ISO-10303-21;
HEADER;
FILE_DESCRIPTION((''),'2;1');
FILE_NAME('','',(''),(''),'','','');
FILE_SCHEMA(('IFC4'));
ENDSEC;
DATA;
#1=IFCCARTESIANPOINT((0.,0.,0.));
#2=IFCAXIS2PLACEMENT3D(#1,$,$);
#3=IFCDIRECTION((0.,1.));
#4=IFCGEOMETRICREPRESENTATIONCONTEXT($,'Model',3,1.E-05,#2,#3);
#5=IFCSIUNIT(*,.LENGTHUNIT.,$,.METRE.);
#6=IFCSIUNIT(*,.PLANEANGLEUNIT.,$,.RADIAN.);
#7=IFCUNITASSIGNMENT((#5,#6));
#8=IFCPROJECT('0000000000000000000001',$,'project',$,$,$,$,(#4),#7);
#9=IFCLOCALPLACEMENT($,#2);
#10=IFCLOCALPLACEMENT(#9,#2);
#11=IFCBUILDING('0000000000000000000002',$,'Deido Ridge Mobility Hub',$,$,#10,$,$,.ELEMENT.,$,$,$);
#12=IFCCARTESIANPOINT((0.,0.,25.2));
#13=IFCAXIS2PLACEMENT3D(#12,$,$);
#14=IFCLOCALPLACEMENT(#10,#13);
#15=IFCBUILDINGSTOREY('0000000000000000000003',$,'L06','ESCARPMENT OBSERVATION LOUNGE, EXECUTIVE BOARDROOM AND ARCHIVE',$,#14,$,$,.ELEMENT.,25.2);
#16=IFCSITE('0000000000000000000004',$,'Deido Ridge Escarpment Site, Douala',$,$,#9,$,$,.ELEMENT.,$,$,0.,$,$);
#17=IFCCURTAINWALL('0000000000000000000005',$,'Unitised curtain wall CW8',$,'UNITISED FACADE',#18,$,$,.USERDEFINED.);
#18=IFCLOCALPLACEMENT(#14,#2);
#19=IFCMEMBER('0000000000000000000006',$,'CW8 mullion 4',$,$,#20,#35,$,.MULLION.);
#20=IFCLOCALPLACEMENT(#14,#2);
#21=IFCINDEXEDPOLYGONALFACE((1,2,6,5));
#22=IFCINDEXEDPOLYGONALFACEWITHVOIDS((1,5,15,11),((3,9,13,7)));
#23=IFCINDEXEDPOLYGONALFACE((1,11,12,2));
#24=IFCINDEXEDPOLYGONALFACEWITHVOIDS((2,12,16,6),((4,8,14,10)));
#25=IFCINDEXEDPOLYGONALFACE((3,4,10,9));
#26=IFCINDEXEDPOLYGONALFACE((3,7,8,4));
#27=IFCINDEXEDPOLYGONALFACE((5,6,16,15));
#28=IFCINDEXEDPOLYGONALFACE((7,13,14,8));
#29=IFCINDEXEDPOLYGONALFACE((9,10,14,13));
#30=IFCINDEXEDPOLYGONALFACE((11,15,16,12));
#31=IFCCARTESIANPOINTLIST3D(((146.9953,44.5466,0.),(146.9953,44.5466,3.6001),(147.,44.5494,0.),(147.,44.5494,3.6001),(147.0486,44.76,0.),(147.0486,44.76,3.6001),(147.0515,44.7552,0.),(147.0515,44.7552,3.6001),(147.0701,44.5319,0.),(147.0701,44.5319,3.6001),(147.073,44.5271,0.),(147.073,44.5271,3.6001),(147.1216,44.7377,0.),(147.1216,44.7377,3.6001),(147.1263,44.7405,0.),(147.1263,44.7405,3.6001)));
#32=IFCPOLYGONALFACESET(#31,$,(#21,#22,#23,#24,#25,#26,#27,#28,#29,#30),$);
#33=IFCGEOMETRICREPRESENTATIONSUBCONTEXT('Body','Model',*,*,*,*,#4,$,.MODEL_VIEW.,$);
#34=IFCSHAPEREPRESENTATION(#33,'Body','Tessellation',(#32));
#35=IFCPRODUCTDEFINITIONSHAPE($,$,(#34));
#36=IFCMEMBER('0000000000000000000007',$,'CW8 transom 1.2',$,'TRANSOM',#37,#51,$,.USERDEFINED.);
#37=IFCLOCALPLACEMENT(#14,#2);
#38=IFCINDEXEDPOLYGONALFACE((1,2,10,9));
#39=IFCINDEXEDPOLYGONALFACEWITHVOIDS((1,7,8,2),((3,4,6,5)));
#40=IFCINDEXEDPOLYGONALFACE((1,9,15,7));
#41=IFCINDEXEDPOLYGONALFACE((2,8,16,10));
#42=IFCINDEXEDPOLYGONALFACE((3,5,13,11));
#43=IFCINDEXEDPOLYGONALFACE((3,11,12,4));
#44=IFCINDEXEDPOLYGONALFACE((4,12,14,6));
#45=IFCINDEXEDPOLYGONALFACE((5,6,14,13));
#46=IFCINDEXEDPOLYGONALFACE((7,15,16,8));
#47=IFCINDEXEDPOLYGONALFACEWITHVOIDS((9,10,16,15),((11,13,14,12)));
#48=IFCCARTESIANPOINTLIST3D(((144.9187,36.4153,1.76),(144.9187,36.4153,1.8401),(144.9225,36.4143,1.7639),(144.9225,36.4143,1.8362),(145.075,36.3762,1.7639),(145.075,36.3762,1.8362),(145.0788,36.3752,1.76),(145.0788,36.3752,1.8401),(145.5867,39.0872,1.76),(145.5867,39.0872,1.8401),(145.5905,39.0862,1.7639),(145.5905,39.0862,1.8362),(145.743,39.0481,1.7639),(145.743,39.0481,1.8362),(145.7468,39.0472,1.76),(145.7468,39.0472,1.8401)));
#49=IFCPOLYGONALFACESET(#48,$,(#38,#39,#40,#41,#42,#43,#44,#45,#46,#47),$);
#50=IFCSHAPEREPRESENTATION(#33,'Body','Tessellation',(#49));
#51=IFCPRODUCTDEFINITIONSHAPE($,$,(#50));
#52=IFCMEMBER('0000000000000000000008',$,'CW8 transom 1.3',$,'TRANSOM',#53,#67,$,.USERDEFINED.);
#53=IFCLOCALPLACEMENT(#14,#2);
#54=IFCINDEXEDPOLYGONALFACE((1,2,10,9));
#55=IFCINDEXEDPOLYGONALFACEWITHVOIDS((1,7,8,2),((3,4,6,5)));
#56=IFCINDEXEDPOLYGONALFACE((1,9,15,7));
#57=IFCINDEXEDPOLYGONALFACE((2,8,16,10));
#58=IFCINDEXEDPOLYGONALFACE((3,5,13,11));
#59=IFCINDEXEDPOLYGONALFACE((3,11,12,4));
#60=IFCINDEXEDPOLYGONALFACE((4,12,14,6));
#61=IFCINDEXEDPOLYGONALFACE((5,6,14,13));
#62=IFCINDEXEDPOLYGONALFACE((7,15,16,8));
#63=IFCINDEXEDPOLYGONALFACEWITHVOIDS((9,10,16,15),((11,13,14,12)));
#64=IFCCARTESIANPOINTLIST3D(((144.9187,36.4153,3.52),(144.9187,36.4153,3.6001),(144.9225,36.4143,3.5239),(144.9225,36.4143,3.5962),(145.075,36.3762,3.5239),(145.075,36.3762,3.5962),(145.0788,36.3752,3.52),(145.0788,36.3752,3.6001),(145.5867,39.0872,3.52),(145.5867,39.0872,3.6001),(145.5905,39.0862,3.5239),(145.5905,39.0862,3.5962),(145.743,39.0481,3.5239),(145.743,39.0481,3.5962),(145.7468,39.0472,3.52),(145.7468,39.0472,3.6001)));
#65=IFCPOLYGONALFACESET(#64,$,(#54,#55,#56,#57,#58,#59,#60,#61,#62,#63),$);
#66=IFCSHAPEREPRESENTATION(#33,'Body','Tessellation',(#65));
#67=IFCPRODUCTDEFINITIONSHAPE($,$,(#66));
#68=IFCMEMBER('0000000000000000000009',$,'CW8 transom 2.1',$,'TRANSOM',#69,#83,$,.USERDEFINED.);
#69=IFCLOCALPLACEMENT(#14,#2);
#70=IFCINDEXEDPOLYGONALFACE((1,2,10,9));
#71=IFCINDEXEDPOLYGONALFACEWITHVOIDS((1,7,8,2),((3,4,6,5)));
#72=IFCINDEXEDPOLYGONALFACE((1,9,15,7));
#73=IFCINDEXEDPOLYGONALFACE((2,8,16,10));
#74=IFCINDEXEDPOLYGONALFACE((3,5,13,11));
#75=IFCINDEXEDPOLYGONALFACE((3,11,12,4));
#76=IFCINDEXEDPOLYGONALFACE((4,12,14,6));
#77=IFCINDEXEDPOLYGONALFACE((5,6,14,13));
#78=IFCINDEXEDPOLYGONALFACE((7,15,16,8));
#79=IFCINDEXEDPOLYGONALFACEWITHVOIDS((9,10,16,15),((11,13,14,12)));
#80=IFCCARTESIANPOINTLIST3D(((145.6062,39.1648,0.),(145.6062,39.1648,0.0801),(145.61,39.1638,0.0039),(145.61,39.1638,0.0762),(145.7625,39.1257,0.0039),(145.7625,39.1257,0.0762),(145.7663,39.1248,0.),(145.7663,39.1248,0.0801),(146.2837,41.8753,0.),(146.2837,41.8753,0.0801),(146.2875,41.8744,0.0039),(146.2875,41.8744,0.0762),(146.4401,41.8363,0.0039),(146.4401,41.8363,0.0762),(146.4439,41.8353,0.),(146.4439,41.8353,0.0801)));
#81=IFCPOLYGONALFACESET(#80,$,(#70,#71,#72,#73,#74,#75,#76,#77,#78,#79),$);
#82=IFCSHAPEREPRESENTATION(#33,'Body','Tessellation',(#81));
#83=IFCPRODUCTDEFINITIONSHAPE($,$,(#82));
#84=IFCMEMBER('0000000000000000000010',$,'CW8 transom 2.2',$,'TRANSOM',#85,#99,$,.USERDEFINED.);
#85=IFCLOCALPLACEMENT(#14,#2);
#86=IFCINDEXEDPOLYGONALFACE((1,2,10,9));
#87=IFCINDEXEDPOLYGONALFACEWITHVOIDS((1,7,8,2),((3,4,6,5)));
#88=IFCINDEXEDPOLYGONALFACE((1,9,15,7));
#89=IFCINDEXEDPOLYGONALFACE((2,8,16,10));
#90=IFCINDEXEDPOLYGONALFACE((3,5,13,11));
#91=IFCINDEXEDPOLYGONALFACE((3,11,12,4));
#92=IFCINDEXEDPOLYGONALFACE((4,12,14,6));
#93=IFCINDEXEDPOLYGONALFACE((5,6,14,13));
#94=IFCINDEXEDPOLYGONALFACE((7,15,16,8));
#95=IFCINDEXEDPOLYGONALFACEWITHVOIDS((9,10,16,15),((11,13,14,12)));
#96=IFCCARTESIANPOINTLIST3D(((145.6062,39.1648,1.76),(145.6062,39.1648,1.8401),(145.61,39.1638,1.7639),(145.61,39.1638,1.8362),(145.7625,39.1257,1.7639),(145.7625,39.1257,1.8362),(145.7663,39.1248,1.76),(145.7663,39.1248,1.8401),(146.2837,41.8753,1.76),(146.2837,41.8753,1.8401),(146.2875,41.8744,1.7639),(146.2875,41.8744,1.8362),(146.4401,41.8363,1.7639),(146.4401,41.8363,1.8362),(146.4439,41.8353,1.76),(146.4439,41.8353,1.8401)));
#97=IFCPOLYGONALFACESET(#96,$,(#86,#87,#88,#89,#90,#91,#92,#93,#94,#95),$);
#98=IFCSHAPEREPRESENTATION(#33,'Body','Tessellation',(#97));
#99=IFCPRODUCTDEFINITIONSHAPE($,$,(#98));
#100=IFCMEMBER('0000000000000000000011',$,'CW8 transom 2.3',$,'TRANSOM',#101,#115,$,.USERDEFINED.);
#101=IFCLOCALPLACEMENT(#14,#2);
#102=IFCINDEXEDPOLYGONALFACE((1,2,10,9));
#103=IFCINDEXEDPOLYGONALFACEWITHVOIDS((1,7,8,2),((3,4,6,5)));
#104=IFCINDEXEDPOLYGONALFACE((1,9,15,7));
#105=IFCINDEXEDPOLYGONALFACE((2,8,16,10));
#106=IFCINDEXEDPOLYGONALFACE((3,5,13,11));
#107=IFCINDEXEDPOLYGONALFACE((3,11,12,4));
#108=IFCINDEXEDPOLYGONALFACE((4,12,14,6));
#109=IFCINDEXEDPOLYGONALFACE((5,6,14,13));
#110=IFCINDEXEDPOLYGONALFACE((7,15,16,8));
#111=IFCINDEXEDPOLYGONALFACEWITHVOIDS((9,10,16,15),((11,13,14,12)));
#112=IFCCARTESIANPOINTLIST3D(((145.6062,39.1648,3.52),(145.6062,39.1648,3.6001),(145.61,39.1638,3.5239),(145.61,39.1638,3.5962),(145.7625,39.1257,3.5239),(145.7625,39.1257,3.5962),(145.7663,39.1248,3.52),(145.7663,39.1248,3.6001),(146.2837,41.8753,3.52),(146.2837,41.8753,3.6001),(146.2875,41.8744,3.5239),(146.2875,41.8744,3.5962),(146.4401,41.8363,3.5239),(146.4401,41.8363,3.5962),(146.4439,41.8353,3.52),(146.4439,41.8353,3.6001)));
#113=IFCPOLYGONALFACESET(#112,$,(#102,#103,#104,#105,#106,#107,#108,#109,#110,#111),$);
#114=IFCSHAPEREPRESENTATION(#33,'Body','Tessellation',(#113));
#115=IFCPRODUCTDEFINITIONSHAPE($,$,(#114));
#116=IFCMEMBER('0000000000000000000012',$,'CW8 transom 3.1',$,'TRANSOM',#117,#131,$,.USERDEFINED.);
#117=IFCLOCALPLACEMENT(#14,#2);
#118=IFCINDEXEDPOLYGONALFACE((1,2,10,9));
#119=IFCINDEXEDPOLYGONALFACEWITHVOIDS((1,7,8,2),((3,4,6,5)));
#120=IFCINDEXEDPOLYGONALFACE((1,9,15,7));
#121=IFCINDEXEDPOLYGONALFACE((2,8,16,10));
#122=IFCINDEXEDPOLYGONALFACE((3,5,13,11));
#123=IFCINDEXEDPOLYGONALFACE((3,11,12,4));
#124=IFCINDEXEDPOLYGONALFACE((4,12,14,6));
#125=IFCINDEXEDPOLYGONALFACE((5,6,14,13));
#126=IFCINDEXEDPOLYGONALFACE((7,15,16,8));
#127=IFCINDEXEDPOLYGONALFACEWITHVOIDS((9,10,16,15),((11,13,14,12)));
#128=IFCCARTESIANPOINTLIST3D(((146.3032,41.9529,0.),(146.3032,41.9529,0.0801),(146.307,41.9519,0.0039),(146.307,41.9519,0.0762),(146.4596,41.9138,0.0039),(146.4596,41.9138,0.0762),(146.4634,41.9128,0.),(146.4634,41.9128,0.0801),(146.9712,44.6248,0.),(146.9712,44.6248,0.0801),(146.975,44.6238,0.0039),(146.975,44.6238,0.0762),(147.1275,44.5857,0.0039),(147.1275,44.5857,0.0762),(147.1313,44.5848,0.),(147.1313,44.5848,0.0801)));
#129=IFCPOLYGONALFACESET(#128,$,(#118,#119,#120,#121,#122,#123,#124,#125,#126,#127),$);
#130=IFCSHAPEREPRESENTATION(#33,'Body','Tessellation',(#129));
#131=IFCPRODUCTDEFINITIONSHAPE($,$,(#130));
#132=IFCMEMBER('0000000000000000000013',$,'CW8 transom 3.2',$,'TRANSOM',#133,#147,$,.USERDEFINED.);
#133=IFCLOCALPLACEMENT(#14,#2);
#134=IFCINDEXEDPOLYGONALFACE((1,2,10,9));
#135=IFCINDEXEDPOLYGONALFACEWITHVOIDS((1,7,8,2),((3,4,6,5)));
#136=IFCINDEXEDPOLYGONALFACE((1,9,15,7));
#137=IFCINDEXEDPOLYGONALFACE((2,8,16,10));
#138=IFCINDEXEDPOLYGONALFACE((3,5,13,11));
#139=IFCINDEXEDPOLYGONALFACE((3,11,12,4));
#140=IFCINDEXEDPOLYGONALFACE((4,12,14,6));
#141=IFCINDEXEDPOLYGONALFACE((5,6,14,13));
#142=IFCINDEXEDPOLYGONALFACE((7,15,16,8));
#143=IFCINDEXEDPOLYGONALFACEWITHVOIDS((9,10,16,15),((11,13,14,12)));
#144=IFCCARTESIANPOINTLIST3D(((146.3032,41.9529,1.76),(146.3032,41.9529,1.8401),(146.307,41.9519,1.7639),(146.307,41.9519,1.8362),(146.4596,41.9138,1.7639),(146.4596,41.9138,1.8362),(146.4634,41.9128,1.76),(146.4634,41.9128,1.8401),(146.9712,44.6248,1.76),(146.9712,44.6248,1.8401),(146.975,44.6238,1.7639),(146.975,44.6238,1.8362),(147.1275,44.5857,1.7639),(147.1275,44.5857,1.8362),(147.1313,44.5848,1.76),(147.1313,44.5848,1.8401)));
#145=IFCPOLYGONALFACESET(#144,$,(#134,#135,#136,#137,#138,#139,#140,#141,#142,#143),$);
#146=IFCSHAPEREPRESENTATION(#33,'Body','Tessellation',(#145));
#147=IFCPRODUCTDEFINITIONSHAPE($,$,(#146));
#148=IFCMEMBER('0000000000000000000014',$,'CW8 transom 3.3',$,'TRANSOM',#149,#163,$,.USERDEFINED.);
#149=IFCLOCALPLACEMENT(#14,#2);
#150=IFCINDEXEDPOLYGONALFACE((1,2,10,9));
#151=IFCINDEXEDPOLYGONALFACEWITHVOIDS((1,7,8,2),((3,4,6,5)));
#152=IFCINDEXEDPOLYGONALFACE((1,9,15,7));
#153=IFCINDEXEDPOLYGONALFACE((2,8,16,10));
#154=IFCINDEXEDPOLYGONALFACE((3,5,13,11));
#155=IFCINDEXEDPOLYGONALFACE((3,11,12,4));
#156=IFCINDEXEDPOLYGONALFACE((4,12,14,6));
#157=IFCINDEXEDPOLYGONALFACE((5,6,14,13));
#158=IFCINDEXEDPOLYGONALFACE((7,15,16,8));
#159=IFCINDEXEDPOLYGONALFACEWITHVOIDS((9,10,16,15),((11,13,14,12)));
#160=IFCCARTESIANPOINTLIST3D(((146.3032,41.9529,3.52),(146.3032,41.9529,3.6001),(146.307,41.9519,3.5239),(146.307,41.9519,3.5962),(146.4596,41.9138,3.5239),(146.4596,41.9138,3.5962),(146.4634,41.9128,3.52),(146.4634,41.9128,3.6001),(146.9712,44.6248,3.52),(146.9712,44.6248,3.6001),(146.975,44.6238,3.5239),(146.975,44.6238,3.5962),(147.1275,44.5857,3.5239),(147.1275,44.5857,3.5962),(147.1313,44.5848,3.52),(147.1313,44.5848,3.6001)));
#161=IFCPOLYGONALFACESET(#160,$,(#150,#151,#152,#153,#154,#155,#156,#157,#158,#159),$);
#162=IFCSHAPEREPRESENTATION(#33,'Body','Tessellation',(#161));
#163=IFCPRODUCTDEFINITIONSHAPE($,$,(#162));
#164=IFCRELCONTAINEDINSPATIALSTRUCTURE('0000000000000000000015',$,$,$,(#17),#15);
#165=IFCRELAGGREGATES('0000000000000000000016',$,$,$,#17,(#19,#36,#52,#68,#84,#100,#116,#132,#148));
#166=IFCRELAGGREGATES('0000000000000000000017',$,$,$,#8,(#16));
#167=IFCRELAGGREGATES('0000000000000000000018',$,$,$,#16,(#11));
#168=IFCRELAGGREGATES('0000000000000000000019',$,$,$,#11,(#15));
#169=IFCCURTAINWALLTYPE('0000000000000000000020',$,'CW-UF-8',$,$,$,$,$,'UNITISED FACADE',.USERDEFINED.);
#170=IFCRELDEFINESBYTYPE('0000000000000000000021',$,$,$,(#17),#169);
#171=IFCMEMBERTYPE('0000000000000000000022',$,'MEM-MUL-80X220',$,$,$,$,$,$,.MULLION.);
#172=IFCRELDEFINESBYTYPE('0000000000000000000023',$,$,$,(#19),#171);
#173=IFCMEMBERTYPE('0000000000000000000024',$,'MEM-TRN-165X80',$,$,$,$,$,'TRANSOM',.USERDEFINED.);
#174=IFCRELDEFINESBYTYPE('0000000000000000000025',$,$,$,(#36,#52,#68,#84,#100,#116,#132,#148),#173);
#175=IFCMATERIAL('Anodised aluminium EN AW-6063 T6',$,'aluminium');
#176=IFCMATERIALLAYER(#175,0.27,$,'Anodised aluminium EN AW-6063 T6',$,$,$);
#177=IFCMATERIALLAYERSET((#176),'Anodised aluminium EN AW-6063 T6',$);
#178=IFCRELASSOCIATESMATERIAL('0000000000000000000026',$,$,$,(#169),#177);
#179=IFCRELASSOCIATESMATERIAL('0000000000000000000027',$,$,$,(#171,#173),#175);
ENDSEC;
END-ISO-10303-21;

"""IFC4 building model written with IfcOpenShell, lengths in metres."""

from ifc_helpers import new_model, si_unit, direction, frame, origin, origin_2d, place, context, subcontext, project, spatial, hollow_rectangle, extrude, material, layer, layer_set, material_profile, profile_set, type_object, element, aggregate, save


model = new_model("IFC4")

# Units and contexts
model_context = context("Model", 3, precision=1e-05, world=origin(), true_north=direction((0.0, 1.0)))
body_context = subcontext(model_context, "Body", "Model", "MODEL_VIEW")
ifc_project = project(units=[si_unit("LENGTHUNIT", "METRE"), si_unit("PLANEANGLEUNIT", "RADIAN")], contexts=[model_context])

# Site, building, storey
site_placement = place(None, origin())
site = spatial("IfcSite", under=ifc_project, at=site_placement, Name="Deido Ridge Escarpment Site, Douala", CompositionType="ELEMENT", RefElevation=0.0)
building_placement = place(site_placement, origin())
building = spatial("IfcBuilding", under=site, at=building_placement, Name="Deido Ridge Mobility Hub", CompositionType="ELEMENT")
storey_placement = place(building_placement, frame((0.0, 0.0, 25.2)))
storey = spatial("IfcBuildingStorey", under=building, at=storey_placement, Name="L06", Description="ESCARPMENT OBSERVATION LOUNGE, EXECUTIVE BOARDROOM AND ARCHIVE", CompositionType="ELEMENT", Elevation=25.2)

# Curtain wall, members
ifc_material_1 = material(Name="Anodised aluminium EN AW-6063 T6", Category="aluminium")
ifc_layer_1 = layer(ifc_material_1, 0.27, Name="Anodised aluminium EN AW-6063 T6")
ifc_layer_set_1 = layer_set([ifc_layer_1], Name="Anodised aluminium EN AW-6063 T6")
curtain_wall_type = type_object("IfcCurtainWallType", Name="CW-UF-8", ElementType="UNITISED FACADE", PredefinedType="USERDEFINED", material=ifc_layer_set_1)
curtain_wall_placement = place(storey_placement, origin())
curtain_wall = element("IfcCurtainWall", 1, at=curtain_wall_placement, inside=storey, type_object=curtain_wall_type, Name="Unitised curtain wall CW8", ObjectType="UNITISED FACADE", PredefinedType="USERDEFINED")
ifc_material_profile_1 = material_profile(ifc_material_1, hollow_rectangle(XDim=0.0801, YDim=0.22, WallThickness=0.0039, at=origin_2d()), Name="RHS 80x220x4")
ifc_profile_set_1 = profile_set([ifc_material_profile_1], Name="Anodised aluminium EN AW-6063 T6")
member_type_1 = type_object("IfcMemberType", Name="MEM-MUL-80X220", PredefinedType="MULLION", material=ifc_profile_set_1)
member_1_placement = place(storey_placement, frame((147.0608, 44.6436, 0.0), z_axis=(0.0, 0.0, 1.0), x_axis=(-0.970143, 0.242536, 0.0)))
member_1 = element("IfcMember", 2, at=member_1_placement, type_object=member_type_1, Name="CW8 mullion 4", PredefinedType="MULLION", context=body_context, shape_type="SweptSolid", body=[
    extrude(hollow_rectangle(XDim=0.0801, YDim=0.22, WallThickness=0.0039, at=origin_2d()), origin(), (0.0, 0.0, 1.0), 3.6001),
])
ifc_material_profile_2 = material_profile(ifc_material_1, hollow_rectangle(XDim=0.165, YDim=0.0801, WallThickness=0.0039, at=origin_2d()), Name="RHS 165x80x4")
ifc_profile_set_2 = profile_set([ifc_material_profile_2], Name="Anodised aluminium EN AW-6063 T6")
member_type_2 = type_object("IfcMemberType", Name="MEM-TRN-165X80", ElementType="TRANSOM", PredefinedType="USERDEFINED", material=ifc_profile_set_2)
member_2_placement = place(storey_placement, frame((144.9988, 36.3953, 1.8), z_axis=(0.242536, 0.970143, 0.0), x_axis=(-0.970143, 0.242536, 0.0)))
member_2 = element("IfcMember", 3, at=member_2_placement, type_object=member_type_2, Name="CW8 transom 1.2", ObjectType="TRANSOM", PredefinedType="USERDEFINED", context=body_context, shape_type="SweptSolid", body=[
    extrude(hollow_rectangle(XDim=0.165, YDim=0.0801, WallThickness=0.0039, at=origin_2d()), origin(), (0.0, 0.0, 1.0), 2.7542),
])
member_3_placement = place(storey_placement, frame((144.9988, 36.3953, 3.5601), z_axis=(0.242536, 0.970143, 0.0), x_axis=(-0.970143, 0.242536, 0.0)))
member_3 = element("IfcMember", 4, at=member_3_placement, type_object=member_type_2, Name="CW8 transom 1.3", ObjectType="TRANSOM", PredefinedType="USERDEFINED", context=body_context, shape_type="SweptSolid", body=[
    extrude(hollow_rectangle(XDim=0.165, YDim=0.0801, WallThickness=0.0039, at=origin_2d()), origin(), (0.0, 0.0, 1.0), 2.7542),
])
member_4_placement = place(storey_placement, frame((145.6863, 39.1448, 0.04), z_axis=(0.242495, 0.970153, 0.0), x_axis=(-0.970153, 0.242495, 0.0)))
member_4 = element("IfcMember", 5, at=member_4_placement, type_object=member_type_2, Name="CW8 transom 2.1", ObjectType="TRANSOM", PredefinedType="USERDEFINED", context=body_context, shape_type="SweptSolid", body=[
    extrude(hollow_rectangle(XDim=0.165, YDim=0.0801, WallThickness=0.0039, at=origin_2d()), origin(), (0.0, 0.0, 1.0), 2.7939),
])
member_5_placement = place(storey_placement, frame((145.6863, 39.1448, 1.8), z_axis=(0.242495, 0.970153, 0.0), x_axis=(-0.970153, 0.242495, 0.0)))
member_5 = element("IfcMember", 6, at=member_5_placement, type_object=member_type_2, Name="CW8 transom 2.2", ObjectType="TRANSOM", PredefinedType="USERDEFINED", context=body_context, shape_type="SweptSolid", body=[
    extrude(hollow_rectangle(XDim=0.165, YDim=0.0801, WallThickness=0.0039, at=origin_2d()), origin(), (0.0, 0.0, 1.0), 2.7939),
])
member_6_placement = place(storey_placement, frame((145.6863, 39.1448, 3.5601), z_axis=(0.242495, 0.970153, 0.0), x_axis=(-0.970153, 0.242495, 0.0)))
member_6 = element("IfcMember", 7, at=member_6_placement, type_object=member_type_2, Name="CW8 transom 2.3", ObjectType="TRANSOM", PredefinedType="USERDEFINED", context=body_context, shape_type="SweptSolid", body=[
    extrude(hollow_rectangle(XDim=0.165, YDim=0.0801, WallThickness=0.0039, at=origin_2d()), origin(), (0.0, 0.0, 1.0), 2.7939),
])
member_7_placement = place(storey_placement, frame((146.3833, 41.9329, 0.04), z_axis=(0.242536, 0.970143, 0.0), x_axis=(-0.970143, 0.242536, 0.0)))
member_7 = element("IfcMember", 8, at=member_7_placement, type_object=member_type_2, Name="CW8 transom 3.1", ObjectType="TRANSOM", PredefinedType="USERDEFINED", context=body_context, shape_type="SweptSolid", body=[
    extrude(hollow_rectangle(XDim=0.165, YDim=0.0801, WallThickness=0.0039, at=origin_2d()), origin(), (0.0, 0.0, 1.0), 2.7542),
])
member_8_placement = place(storey_placement, frame((146.3833, 41.9329, 1.8), z_axis=(0.242536, 0.970143, 0.0), x_axis=(-0.970143, 0.242536, 0.0)))
member_8 = element("IfcMember", 9, at=member_8_placement, type_object=member_type_2, Name="CW8 transom 3.2", ObjectType="TRANSOM", PredefinedType="USERDEFINED", context=body_context, shape_type="SweptSolid", body=[
    extrude(hollow_rectangle(XDim=0.165, YDim=0.0801, WallThickness=0.0039, at=origin_2d()), origin(), (0.0, 0.0, 1.0), 2.7542),
])
member_9_placement = place(storey_placement, frame((146.3833, 41.9329, 3.5601), z_axis=(0.242536, 0.970143, 0.0), x_axis=(-0.970143, 0.242536, 0.0)))
member_9 = element("IfcMember", 10, at=member_9_placement, type_object=member_type_2, Name="CW8 transom 3.3", ObjectType="TRANSOM", PredefinedType="USERDEFINED", context=body_context, shape_type="SweptSolid", body=[
    extrude(hollow_rectangle(XDim=0.165, YDim=0.0801, WallThickness=0.0039, at=origin_2d()), origin(), (0.0, 0.0, 1.0), 2.7542),
])

aggregate(curtain_wall, [member_1, member_2, member_3, member_4, member_5, member_6, member_7, member_8, member_9])

save(model, "model.ifc")
